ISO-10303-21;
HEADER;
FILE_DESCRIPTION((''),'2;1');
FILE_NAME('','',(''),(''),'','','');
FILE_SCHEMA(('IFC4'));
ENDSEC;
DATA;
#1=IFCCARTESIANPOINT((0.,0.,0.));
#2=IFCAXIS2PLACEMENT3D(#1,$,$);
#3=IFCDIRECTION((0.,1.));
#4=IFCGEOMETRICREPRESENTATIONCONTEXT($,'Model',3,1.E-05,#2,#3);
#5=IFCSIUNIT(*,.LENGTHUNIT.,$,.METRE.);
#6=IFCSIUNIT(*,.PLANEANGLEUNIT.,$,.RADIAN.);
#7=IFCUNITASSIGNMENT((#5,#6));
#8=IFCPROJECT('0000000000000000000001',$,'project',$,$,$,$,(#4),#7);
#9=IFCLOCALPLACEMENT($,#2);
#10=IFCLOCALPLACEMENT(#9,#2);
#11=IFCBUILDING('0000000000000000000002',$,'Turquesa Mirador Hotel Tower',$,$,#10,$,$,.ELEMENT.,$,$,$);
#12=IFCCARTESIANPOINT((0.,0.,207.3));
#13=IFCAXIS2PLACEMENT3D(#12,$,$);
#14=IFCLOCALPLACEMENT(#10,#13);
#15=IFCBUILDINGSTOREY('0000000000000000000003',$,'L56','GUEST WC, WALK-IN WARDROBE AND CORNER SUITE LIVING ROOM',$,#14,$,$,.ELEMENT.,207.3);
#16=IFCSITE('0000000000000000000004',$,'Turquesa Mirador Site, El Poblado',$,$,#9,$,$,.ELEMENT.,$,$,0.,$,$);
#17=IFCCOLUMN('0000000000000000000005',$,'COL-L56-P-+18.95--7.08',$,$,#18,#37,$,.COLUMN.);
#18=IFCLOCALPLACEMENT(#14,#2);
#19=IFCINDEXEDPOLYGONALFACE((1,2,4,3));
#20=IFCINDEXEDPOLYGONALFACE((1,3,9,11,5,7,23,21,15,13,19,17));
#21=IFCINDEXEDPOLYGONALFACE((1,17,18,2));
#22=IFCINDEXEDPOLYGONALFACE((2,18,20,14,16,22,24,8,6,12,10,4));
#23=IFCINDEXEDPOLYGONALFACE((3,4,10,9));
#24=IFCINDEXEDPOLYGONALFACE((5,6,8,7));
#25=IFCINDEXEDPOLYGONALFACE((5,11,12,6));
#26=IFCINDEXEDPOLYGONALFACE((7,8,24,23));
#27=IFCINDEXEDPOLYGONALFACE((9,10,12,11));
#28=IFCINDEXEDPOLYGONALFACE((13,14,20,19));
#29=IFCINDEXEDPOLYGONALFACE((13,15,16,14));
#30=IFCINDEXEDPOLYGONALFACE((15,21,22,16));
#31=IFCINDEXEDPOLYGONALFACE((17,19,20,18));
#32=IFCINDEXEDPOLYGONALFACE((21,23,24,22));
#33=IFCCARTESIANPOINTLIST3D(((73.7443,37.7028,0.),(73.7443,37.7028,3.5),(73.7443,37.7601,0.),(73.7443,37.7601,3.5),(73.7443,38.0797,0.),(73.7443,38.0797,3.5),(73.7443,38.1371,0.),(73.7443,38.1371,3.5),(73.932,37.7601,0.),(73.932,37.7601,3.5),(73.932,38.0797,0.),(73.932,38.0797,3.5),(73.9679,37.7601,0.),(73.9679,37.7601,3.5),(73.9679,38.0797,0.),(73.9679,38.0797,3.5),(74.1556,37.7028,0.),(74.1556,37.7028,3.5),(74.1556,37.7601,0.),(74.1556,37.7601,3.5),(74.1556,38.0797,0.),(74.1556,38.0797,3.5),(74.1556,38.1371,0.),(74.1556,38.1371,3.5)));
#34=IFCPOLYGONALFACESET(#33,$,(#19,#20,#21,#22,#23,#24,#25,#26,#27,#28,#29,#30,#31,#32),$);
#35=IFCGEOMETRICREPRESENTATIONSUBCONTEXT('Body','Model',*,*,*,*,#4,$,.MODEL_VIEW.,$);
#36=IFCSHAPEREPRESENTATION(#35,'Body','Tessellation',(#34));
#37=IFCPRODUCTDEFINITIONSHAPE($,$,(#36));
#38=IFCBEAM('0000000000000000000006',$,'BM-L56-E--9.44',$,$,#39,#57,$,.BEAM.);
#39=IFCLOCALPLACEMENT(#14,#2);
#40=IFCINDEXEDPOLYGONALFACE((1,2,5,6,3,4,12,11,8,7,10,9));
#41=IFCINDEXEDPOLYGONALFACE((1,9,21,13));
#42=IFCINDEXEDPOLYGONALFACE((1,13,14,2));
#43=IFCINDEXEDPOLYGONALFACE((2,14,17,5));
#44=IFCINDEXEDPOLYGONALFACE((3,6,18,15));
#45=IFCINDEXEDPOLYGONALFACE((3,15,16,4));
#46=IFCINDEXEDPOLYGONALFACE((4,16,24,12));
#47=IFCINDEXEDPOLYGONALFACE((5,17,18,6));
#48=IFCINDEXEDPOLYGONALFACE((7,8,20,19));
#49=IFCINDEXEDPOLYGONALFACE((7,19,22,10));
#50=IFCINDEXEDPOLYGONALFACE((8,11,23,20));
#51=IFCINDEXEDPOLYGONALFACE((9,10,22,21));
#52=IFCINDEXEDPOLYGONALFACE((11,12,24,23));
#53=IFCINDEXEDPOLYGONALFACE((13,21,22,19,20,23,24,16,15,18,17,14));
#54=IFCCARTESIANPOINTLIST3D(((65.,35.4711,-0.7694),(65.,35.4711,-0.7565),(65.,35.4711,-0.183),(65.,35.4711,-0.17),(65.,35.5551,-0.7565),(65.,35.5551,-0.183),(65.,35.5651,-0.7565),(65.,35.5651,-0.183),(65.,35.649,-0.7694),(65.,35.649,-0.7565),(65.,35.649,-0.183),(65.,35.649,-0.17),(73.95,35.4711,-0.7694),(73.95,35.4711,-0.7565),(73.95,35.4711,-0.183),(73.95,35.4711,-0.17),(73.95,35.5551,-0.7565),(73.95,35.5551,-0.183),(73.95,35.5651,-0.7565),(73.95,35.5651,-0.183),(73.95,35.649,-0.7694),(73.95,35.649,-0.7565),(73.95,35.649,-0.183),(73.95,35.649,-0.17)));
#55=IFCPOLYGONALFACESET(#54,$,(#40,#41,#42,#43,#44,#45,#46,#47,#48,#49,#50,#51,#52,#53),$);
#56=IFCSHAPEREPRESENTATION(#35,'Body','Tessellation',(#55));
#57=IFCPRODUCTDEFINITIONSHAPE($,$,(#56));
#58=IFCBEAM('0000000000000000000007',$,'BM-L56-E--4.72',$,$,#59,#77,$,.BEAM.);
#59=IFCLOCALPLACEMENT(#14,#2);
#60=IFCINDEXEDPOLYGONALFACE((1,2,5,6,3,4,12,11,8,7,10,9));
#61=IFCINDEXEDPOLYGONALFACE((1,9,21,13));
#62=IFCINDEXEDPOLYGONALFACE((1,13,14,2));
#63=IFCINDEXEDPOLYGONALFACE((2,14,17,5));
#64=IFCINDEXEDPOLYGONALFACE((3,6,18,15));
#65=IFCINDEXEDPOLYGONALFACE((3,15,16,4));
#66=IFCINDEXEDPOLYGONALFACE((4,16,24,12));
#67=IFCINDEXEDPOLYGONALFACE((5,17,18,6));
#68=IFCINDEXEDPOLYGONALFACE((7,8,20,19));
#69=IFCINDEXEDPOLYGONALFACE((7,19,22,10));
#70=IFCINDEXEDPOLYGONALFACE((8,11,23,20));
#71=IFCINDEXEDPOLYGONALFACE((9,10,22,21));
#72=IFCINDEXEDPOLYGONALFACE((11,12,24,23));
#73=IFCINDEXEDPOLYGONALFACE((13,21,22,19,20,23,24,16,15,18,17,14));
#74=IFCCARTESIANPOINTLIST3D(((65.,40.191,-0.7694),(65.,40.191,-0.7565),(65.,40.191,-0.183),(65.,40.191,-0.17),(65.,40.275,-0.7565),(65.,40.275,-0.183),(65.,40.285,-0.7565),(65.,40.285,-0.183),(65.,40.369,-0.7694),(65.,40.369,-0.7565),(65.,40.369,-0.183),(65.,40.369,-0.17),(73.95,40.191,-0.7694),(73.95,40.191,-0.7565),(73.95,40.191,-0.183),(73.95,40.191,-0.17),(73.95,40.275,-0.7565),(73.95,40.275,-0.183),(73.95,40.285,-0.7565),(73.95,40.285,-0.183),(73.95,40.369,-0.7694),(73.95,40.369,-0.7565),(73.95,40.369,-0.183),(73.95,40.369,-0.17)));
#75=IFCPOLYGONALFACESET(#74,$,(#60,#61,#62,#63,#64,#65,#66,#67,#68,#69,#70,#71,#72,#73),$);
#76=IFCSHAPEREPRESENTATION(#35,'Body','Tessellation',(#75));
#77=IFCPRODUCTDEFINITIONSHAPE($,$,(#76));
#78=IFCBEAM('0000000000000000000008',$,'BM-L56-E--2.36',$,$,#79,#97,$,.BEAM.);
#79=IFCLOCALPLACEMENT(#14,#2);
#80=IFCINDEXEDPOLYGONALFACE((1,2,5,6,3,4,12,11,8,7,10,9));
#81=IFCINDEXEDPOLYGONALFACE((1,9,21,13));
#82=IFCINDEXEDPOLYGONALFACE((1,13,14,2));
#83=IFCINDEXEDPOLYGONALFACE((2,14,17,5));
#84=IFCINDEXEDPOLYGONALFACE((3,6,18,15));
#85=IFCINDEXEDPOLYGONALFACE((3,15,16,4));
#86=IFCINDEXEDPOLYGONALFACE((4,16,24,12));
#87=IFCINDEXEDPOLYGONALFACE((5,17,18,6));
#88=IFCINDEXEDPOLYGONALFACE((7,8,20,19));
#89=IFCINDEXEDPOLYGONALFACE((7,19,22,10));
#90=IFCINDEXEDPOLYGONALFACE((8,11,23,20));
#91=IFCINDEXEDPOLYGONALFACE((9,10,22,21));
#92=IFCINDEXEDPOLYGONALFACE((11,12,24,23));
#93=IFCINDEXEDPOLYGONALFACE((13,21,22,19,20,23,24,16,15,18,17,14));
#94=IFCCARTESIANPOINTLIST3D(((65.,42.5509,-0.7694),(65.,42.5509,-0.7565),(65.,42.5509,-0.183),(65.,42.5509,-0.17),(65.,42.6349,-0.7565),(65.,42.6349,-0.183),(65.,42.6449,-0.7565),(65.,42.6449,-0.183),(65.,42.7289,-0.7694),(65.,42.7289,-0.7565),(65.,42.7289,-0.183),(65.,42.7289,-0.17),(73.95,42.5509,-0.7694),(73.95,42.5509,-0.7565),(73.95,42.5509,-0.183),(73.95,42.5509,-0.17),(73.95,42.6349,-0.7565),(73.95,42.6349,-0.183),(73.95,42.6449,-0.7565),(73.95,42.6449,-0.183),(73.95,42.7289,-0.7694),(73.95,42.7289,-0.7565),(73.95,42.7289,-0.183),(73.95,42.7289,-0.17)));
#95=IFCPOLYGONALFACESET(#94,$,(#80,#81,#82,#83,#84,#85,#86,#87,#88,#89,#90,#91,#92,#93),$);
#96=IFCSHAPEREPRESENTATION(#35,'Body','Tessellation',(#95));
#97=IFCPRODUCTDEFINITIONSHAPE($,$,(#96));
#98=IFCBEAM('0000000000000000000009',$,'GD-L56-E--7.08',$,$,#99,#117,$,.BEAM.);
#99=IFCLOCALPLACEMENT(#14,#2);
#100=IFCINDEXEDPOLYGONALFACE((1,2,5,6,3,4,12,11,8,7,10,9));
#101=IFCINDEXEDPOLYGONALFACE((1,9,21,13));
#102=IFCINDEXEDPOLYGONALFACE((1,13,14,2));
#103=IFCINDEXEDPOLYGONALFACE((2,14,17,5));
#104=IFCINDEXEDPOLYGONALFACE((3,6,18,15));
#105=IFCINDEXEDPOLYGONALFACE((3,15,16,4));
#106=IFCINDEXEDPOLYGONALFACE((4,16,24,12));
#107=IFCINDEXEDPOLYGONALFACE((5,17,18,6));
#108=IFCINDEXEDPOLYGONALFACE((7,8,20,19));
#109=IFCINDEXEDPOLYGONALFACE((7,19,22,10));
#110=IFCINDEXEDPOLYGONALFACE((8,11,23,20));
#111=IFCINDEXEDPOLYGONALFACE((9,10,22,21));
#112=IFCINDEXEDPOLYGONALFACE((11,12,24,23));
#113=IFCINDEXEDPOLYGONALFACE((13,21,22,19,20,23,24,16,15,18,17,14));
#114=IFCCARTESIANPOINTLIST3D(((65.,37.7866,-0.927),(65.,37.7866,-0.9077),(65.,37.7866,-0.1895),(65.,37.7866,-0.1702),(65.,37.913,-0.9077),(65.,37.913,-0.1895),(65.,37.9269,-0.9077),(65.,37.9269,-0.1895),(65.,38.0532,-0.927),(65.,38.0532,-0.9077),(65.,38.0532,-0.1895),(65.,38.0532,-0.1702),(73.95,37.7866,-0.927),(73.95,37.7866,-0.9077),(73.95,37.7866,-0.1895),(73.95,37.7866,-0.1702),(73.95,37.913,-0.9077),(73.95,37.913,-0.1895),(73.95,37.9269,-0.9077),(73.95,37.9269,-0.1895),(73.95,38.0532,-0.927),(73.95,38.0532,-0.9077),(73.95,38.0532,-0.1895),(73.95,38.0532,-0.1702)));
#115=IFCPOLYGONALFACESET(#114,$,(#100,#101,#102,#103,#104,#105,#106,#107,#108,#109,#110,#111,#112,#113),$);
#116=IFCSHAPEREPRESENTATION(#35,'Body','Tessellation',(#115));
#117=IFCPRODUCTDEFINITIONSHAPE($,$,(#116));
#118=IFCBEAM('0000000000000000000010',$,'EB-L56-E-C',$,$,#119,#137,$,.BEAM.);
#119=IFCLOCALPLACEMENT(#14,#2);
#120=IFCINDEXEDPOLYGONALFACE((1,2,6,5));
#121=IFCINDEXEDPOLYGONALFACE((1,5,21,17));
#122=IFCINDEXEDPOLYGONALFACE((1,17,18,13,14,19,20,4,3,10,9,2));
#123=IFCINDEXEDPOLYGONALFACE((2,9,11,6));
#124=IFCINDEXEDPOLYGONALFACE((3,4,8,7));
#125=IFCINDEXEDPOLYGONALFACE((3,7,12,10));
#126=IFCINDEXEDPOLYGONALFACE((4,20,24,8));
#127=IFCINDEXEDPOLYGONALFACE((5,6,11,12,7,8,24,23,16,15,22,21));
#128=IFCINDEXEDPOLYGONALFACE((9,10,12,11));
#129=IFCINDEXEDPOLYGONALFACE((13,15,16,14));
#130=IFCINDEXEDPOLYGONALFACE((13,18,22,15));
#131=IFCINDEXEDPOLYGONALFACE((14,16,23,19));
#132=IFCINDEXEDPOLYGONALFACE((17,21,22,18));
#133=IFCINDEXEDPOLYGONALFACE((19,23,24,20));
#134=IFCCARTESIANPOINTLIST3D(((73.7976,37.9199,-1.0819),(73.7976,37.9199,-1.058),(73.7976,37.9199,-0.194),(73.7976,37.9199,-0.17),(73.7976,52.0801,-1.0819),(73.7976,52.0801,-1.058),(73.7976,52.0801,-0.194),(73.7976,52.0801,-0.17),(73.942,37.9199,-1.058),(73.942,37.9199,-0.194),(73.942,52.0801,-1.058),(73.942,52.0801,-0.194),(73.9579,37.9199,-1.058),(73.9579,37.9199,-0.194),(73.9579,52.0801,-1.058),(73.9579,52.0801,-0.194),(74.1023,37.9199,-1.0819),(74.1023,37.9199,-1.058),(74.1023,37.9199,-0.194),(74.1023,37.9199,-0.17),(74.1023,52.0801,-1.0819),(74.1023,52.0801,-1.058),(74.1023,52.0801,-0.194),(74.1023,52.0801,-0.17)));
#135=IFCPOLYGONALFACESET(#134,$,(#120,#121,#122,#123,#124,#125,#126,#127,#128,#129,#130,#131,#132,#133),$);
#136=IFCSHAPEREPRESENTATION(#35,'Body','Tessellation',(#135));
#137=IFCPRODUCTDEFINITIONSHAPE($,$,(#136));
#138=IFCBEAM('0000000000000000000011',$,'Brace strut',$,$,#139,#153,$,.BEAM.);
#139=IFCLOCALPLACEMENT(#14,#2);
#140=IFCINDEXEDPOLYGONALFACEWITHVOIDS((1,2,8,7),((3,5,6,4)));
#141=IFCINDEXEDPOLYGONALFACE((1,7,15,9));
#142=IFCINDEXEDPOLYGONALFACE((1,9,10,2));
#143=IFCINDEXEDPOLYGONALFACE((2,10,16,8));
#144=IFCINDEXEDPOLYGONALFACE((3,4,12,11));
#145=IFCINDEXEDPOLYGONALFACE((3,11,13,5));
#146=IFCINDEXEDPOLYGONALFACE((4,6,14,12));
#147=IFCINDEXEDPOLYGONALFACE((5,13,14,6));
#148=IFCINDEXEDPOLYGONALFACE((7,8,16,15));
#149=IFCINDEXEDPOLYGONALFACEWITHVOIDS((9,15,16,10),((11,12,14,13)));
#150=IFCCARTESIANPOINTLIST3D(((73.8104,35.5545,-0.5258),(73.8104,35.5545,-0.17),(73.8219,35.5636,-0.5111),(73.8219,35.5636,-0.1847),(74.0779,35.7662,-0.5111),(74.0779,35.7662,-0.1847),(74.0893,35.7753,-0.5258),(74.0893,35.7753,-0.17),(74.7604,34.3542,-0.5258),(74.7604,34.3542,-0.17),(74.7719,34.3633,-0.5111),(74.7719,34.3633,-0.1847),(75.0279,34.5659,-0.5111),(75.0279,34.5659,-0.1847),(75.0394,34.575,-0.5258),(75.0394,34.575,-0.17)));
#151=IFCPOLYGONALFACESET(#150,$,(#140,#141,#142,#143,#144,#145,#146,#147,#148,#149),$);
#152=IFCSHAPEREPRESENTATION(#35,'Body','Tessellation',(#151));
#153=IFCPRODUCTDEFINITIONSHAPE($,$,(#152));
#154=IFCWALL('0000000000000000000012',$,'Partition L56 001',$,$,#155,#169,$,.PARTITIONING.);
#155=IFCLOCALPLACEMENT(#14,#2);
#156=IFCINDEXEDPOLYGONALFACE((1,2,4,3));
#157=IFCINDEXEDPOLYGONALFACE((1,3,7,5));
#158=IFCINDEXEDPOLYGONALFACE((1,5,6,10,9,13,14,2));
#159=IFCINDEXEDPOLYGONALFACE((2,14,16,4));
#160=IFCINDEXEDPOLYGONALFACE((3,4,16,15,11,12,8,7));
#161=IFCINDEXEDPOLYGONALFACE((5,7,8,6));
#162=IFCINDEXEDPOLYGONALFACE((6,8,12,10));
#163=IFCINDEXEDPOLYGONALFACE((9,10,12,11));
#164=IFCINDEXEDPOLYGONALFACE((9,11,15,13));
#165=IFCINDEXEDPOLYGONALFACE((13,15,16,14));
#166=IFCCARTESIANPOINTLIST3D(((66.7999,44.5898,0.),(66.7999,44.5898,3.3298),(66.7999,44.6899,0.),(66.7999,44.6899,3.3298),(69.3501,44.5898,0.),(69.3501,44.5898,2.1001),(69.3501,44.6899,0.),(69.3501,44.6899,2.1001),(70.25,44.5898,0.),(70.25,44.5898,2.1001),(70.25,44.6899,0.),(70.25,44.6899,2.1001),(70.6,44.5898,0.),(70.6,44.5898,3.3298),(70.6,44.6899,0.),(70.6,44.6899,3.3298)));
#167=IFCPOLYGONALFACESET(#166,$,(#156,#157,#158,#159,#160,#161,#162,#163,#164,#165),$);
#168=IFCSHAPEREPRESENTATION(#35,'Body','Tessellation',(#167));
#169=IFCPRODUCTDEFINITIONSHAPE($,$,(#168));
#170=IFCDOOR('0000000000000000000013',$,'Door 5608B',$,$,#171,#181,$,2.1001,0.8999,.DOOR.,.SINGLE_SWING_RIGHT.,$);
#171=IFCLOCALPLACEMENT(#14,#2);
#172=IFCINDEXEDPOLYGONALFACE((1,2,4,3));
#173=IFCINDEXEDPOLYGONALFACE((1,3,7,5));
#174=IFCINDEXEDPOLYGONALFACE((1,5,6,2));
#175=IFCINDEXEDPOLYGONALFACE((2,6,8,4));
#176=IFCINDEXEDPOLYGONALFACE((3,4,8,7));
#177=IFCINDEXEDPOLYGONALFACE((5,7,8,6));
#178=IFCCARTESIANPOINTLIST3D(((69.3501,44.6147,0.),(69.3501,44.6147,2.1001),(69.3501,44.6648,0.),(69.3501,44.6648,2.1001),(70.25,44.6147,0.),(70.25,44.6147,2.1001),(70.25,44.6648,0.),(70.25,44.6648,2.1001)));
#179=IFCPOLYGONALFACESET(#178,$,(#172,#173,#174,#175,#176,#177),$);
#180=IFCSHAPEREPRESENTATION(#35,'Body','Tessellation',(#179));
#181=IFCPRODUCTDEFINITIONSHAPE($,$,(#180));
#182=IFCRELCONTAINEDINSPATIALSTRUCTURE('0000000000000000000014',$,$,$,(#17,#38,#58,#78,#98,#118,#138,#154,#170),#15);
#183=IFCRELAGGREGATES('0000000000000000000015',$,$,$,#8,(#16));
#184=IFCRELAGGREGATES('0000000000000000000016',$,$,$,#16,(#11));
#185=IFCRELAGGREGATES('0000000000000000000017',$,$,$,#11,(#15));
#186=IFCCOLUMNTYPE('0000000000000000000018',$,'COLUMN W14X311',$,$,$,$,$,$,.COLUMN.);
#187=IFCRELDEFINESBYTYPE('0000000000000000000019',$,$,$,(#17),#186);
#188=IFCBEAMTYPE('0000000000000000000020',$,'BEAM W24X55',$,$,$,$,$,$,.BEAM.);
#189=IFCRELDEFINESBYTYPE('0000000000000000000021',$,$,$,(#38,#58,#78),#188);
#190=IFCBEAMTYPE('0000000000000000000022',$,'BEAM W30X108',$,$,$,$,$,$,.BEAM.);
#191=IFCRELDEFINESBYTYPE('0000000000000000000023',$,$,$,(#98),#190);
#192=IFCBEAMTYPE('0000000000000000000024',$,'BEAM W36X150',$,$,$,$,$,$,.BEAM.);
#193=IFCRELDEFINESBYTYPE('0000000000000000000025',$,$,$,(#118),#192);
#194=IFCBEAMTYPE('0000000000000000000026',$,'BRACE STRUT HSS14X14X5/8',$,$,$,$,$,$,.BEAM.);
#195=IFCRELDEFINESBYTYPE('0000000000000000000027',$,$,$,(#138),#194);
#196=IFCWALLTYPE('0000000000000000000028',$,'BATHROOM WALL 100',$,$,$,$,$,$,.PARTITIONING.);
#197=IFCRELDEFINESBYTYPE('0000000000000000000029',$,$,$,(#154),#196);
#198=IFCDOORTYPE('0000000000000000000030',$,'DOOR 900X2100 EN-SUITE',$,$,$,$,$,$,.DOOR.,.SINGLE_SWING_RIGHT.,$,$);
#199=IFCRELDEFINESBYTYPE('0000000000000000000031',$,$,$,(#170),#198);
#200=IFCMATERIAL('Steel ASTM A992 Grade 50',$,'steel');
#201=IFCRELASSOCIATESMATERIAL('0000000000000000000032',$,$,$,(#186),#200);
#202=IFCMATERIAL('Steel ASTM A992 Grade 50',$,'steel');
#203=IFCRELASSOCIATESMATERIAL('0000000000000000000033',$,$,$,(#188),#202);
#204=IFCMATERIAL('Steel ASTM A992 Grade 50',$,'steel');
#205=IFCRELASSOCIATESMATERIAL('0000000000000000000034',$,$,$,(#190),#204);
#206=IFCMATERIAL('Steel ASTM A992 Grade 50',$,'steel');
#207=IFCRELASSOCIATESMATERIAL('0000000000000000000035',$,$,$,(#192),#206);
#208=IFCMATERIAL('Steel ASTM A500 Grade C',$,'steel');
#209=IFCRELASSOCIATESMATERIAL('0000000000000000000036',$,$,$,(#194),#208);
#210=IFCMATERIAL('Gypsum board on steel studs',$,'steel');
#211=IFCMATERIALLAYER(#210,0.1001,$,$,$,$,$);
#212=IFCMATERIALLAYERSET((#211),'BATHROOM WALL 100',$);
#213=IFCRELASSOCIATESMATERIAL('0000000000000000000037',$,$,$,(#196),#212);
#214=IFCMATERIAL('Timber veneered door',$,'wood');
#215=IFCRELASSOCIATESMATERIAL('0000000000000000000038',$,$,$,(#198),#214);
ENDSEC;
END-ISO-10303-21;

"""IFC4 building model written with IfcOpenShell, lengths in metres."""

from ifc_helpers import new_model, si_unit, direction, frame, frame_2d, origin, origin_2d, place, context, subcontext, project, spatial, rectangle, hollow_rectangle, i_section, extrude, material, layer, layer_set, material_profile, profile_set, type_object, element, fill, save


model = new_model("IFC4")

# Units and contexts
model_context = context("Model", 3, precision=1e-05, world=origin(), true_north=direction((0.0, 1.0)))
body_context = subcontext(model_context, "Body", "Model", "MODEL_VIEW")
ifc_project = project(units=[si_unit("LENGTHUNIT", "METRE"), si_unit("PLANEANGLEUNIT", "RADIAN")], contexts=[model_context])

# Site, building, storey
site_placement = place(None, origin())
site = spatial("IfcSite", under=ifc_project, at=site_placement, Name="Turquesa Mirador Site, El Poblado", CompositionType="ELEMENT", RefElevation=0.0)
building_placement = place(site_placement, origin())
building = spatial("IfcBuilding", under=site, at=building_placement, Name="Turquesa Mirador Hotel Tower", CompositionType="ELEMENT")
storey_placement = place(building_placement, frame((0.0, 0.0, 207.3)))
storey = spatial("IfcBuildingStorey", under=building, at=storey_placement, Name="L56", Description="GUEST WC, WALK-IN WARDROBE AND CORNER SUITE LIVING ROOM", CompositionType="ELEMENT", Elevation=207.3)

# Column
ifc_material_1 = material(Name="Steel ASTM A992 Grade 50", Category="steel")
ifc_material_profile_1 = material_profile(ifc_material_1, i_section(OverallWidth=0.4114, OverallDepth=0.4343, WebThickness=0.0359, FlangeThickness=0.0574, at=origin_2d()), Name="W14X311")
ifc_profile_set_1 = profile_set([ifc_material_profile_1], Name="Steel ASTM A992 Grade 50")
column_type = type_object("IfcColumnType", Name="COLUMN W14X311", PredefinedType="COLUMN", material=ifc_profile_set_1)
column_placement = place(storey_placement, frame((73.95, 37.9199, 0.0), z_axis=(0.0, 0.0, 1.0), x_axis=(1.0, 0.0, 0.0)))
element("IfcColumn", 1, at=column_placement, inside=storey, type_object=column_type, Name="COL-L56-P-+18.95--7.08", PredefinedType="COLUMN", context=body_context, shape_type="SweptSolid", body=[
    extrude(i_section(OverallWidth=0.4114, OverallDepth=0.4343, WebThickness=0.0359, FlangeThickness=0.0574, at=origin_2d()), origin(), (0.0, 0.0, 1.0), 3.5),
])

# Beams
ifc_material_2 = material(Name="Steel ASTM A992 Grade 50", Category="steel")
ifc_material_profile_2 = material_profile(ifc_material_2, i_section(OverallWidth=0.178, OverallDepth=0.5994, WebThickness=0.01, FlangeThickness=0.0129, at=origin_2d()), Name="W24X55")
ifc_profile_set_2 = profile_set([ifc_material_profile_2], Name="Steel ASTM A992 Grade 50")
beam_type_1 = type_object("IfcBeamType", Name="BEAM W24X55", PredefinedType="BEAM", material=ifc_profile_set_2)
for number, where, z_axis, x_axis, name in (
    (2, (73.95, 35.5601, -0.4697), (-1.0, 0.0, 0.0), (0.0, -1.0, 0.0), "BM-L56-E--9.44"),
    (3, (73.95, 40.28, -0.4697), (-1.0, 0.0, 0.0), (0.0, -1.0, 0.0), "BM-L56-E--4.72"),
    (4, (73.95, 42.6399, -0.4697), (-1.0, 0.0, 0.0), (0.0, -1.0, 0.0), "BM-L56-E--2.36"),
):
    element("IfcBeam", number, at=place(storey_placement, frame(where, z_axis=z_axis, x_axis=x_axis)), inside=storey, type_object=beam_type_1, Name=name, PredefinedType="BEAM", context=body_context, shape_type="SweptSolid", body=[
        extrude(i_section(OverallWidth=0.178, OverallDepth=0.5994, WebThickness=0.01, FlangeThickness=0.0129, at=origin_2d()), origin(), (0.0, 0.0, 1.0), 8.95),
    ])
ifc_material_3 = material(Name="Steel ASTM A992 Grade 50", Category="steel")
ifc_material_profile_3 = material_profile(ifc_material_3, i_section(OverallWidth=0.2666, OverallDepth=0.7568, WebThickness=0.0139, FlangeThickness=0.0193, at=origin_2d()), Name="W30X108")
ifc_profile_set_3 = profile_set([ifc_material_profile_3], Name="Steel ASTM A992 Grade 50")
beam_type_2 = type_object("IfcBeamType", Name="BEAM W30X108", PredefinedType="BEAM", material=ifc_profile_set_3)
beam_1_placement = place(storey_placement, frame((73.95, 37.9199, -0.5486), z_axis=(-1.0, 0.0, 0.0), x_axis=(0.0, -1.0, 0.0)))
element("IfcBeam", 5, at=beam_1_placement, inside=storey, type_object=beam_type_2, Name="GD-L56-E--7.08", PredefinedType="BEAM", context=body_context, shape_type="SweptSolid", body=[
    extrude(i_section(OverallWidth=0.2666, OverallDepth=0.7568, WebThickness=0.0139, FlangeThickness=0.0193, at=origin_2d()), origin(), (0.0, 0.0, 1.0), 8.95),
])
ifc_material_4 = material(Name="Steel ASTM A992 Grade 50", Category="steel")
ifc_material_profile_4 = material_profile(ifc_material_4, i_section(OverallWidth=0.3047, OverallDepth=0.9119, WebThickness=0.0159, FlangeThickness=0.0239, at=origin_2d()), Name="W36X150")
ifc_profile_set_4 = profile_set([ifc_material_profile_4], Name="Steel ASTM A992 Grade 50")
beam_type_3 = type_object("IfcBeamType", Name="BEAM W36X150", PredefinedType="BEAM", material=ifc_profile_set_4)
beam_2_placement = place(storey_placement, frame((73.95, 37.9199, -0.626), z_axis=(0.0, 1.0, 0.0), x_axis=(-1.0, 0.0, 0.0)))
element("IfcBeam", 6, at=beam_2_placement, inside=storey, type_object=beam_type_3, Name="EB-L56-E-C", PredefinedType="BEAM", context=body_context, shape_type="SweptSolid", body=[
    extrude(i_section(OverallWidth=0.3047, OverallDepth=0.9119, WebThickness=0.0159, FlangeThickness=0.0239, at=origin_2d()), origin(), (0.0, 0.0, 1.0), 14.1602),
])
ifc_material_5 = material(Name="Steel ASTM A500 Grade C", Category="steel")
ifc_material_profile_5 = material_profile(ifc_material_5, hollow_rectangle(XDim=0.3557, YDim=0.3557, WallThickness=0.0146, at=origin_2d()), Name="HSS14X14X5/8")
ifc_profile_set_5 = profile_set([ifc_material_profile_5], Name="Steel ASTM A500 Grade C")
beam_type_4 = type_object("IfcBeamType", Name="BRACE STRUT HSS14X14X5/8", PredefinedType="BEAM", material=ifc_profile_set_5)
beam_3_placement = place(storey_placement, frame((74.8999, 34.4646, -0.3479), z_axis=(-0.620621, 0.784111, 0.0), x_axis=(-0.784111, -0.620621, 0.0)))
element("IfcBeam", 7, at=beam_3_placement, inside=storey, type_object=beam_type_4, Name="Brace strut", PredefinedType="BEAM", context=body_context, shape_type="SweptSolid", body=[
    extrude(hollow_rectangle(XDim=0.3557, YDim=0.3557, WallThickness=0.0146, at=origin_2d()), origin(), (0.0, 0.0, 1.0), 1.5308),
])

# Wall, opening, door
ifc_material_6 = material(Name="Gypsum board on steel studs", Category="steel")
ifc_layer_1 = layer(ifc_material_6, 0.1001)
ifc_layer_set_1 = layer_set([ifc_layer_1], Name="BATHROOM WALL 100")
wall_type_1 = type_object("IfcWallType", Name="BATHROOM WALL 100", PredefinedType="PARTITIONING", material=ifc_layer_set_1)
wall_1_placement = place(storey_placement, frame((66.8, 44.6399, 0.0), z_axis=(0.0, 0.0, 1.0), x_axis=(1.0, 0.0, 0.0)))
wall_1 = element("IfcWall", 8, at=wall_1_placement, inside=storey, type_object=wall_type_1, Name="Partition L56 001", PredefinedType="PARTITIONING", context=body_context, shape_type="SweptSolid", body=[
    extrude(rectangle(XDim=3.8, YDim=0.1001, at=frame_2d((1.8999, 0.0))), origin(), (0.0, 0.0, 1.0), 3.3298),
])
opening_1_placement = place(wall_1_placement, frame((2.55, 0.0, 0.0)))
opening_1 = element("IfcOpeningElement", 9, at=opening_1_placement, cuts=wall_1, PredefinedType="OPENING", context=body_context, shape_type="SweptSolid", body=[
    extrude(rectangle(XDim=0.8999, YDim=2.1001, at=frame_2d((0.45, 1.05))), frame((0.0, 0.0601, 0.0), z_axis=(0.0, -1.0, 0.0), x_axis=(1.0, 0.0, 0.0)), (0.0, 0.0, 1.0), 0.1201),
])
ifc_material_7 = material(Name="Timber veneered door", Category="wood")
door_type_1 = type_object("IfcDoorType", Name="DOOR 900X2100 EN-SUITE", OperationType="SINGLE_SWING_RIGHT", PredefinedType="DOOR", material=ifc_material_7)
door_1_placement = place(opening_1_placement, origin())
door_1 = element("IfcDoor", 10, at=door_1_placement, inside=storey, type_object=door_type_1, Name="Door 5608B", OperationType="SINGLE_SWING_RIGHT", OverallHeight=2.1001, OverallWidth=0.8999, PredefinedType="DOOR", context=body_context, shape_type="SweptSolid", body=[
    extrude(rectangle(XDim=0.8999, YDim=2.1001, at=frame_2d((0.45, 1.05))), frame((0.0, 0.0249, 0.0), z_axis=(0.0, -1.0, 0.0), x_axis=(1.0, 0.0, 0.0)), (0.0, 0.0, 1.0), 0.05),
])
fill(opening_1, door_1)

save(model, "model.ifc")
